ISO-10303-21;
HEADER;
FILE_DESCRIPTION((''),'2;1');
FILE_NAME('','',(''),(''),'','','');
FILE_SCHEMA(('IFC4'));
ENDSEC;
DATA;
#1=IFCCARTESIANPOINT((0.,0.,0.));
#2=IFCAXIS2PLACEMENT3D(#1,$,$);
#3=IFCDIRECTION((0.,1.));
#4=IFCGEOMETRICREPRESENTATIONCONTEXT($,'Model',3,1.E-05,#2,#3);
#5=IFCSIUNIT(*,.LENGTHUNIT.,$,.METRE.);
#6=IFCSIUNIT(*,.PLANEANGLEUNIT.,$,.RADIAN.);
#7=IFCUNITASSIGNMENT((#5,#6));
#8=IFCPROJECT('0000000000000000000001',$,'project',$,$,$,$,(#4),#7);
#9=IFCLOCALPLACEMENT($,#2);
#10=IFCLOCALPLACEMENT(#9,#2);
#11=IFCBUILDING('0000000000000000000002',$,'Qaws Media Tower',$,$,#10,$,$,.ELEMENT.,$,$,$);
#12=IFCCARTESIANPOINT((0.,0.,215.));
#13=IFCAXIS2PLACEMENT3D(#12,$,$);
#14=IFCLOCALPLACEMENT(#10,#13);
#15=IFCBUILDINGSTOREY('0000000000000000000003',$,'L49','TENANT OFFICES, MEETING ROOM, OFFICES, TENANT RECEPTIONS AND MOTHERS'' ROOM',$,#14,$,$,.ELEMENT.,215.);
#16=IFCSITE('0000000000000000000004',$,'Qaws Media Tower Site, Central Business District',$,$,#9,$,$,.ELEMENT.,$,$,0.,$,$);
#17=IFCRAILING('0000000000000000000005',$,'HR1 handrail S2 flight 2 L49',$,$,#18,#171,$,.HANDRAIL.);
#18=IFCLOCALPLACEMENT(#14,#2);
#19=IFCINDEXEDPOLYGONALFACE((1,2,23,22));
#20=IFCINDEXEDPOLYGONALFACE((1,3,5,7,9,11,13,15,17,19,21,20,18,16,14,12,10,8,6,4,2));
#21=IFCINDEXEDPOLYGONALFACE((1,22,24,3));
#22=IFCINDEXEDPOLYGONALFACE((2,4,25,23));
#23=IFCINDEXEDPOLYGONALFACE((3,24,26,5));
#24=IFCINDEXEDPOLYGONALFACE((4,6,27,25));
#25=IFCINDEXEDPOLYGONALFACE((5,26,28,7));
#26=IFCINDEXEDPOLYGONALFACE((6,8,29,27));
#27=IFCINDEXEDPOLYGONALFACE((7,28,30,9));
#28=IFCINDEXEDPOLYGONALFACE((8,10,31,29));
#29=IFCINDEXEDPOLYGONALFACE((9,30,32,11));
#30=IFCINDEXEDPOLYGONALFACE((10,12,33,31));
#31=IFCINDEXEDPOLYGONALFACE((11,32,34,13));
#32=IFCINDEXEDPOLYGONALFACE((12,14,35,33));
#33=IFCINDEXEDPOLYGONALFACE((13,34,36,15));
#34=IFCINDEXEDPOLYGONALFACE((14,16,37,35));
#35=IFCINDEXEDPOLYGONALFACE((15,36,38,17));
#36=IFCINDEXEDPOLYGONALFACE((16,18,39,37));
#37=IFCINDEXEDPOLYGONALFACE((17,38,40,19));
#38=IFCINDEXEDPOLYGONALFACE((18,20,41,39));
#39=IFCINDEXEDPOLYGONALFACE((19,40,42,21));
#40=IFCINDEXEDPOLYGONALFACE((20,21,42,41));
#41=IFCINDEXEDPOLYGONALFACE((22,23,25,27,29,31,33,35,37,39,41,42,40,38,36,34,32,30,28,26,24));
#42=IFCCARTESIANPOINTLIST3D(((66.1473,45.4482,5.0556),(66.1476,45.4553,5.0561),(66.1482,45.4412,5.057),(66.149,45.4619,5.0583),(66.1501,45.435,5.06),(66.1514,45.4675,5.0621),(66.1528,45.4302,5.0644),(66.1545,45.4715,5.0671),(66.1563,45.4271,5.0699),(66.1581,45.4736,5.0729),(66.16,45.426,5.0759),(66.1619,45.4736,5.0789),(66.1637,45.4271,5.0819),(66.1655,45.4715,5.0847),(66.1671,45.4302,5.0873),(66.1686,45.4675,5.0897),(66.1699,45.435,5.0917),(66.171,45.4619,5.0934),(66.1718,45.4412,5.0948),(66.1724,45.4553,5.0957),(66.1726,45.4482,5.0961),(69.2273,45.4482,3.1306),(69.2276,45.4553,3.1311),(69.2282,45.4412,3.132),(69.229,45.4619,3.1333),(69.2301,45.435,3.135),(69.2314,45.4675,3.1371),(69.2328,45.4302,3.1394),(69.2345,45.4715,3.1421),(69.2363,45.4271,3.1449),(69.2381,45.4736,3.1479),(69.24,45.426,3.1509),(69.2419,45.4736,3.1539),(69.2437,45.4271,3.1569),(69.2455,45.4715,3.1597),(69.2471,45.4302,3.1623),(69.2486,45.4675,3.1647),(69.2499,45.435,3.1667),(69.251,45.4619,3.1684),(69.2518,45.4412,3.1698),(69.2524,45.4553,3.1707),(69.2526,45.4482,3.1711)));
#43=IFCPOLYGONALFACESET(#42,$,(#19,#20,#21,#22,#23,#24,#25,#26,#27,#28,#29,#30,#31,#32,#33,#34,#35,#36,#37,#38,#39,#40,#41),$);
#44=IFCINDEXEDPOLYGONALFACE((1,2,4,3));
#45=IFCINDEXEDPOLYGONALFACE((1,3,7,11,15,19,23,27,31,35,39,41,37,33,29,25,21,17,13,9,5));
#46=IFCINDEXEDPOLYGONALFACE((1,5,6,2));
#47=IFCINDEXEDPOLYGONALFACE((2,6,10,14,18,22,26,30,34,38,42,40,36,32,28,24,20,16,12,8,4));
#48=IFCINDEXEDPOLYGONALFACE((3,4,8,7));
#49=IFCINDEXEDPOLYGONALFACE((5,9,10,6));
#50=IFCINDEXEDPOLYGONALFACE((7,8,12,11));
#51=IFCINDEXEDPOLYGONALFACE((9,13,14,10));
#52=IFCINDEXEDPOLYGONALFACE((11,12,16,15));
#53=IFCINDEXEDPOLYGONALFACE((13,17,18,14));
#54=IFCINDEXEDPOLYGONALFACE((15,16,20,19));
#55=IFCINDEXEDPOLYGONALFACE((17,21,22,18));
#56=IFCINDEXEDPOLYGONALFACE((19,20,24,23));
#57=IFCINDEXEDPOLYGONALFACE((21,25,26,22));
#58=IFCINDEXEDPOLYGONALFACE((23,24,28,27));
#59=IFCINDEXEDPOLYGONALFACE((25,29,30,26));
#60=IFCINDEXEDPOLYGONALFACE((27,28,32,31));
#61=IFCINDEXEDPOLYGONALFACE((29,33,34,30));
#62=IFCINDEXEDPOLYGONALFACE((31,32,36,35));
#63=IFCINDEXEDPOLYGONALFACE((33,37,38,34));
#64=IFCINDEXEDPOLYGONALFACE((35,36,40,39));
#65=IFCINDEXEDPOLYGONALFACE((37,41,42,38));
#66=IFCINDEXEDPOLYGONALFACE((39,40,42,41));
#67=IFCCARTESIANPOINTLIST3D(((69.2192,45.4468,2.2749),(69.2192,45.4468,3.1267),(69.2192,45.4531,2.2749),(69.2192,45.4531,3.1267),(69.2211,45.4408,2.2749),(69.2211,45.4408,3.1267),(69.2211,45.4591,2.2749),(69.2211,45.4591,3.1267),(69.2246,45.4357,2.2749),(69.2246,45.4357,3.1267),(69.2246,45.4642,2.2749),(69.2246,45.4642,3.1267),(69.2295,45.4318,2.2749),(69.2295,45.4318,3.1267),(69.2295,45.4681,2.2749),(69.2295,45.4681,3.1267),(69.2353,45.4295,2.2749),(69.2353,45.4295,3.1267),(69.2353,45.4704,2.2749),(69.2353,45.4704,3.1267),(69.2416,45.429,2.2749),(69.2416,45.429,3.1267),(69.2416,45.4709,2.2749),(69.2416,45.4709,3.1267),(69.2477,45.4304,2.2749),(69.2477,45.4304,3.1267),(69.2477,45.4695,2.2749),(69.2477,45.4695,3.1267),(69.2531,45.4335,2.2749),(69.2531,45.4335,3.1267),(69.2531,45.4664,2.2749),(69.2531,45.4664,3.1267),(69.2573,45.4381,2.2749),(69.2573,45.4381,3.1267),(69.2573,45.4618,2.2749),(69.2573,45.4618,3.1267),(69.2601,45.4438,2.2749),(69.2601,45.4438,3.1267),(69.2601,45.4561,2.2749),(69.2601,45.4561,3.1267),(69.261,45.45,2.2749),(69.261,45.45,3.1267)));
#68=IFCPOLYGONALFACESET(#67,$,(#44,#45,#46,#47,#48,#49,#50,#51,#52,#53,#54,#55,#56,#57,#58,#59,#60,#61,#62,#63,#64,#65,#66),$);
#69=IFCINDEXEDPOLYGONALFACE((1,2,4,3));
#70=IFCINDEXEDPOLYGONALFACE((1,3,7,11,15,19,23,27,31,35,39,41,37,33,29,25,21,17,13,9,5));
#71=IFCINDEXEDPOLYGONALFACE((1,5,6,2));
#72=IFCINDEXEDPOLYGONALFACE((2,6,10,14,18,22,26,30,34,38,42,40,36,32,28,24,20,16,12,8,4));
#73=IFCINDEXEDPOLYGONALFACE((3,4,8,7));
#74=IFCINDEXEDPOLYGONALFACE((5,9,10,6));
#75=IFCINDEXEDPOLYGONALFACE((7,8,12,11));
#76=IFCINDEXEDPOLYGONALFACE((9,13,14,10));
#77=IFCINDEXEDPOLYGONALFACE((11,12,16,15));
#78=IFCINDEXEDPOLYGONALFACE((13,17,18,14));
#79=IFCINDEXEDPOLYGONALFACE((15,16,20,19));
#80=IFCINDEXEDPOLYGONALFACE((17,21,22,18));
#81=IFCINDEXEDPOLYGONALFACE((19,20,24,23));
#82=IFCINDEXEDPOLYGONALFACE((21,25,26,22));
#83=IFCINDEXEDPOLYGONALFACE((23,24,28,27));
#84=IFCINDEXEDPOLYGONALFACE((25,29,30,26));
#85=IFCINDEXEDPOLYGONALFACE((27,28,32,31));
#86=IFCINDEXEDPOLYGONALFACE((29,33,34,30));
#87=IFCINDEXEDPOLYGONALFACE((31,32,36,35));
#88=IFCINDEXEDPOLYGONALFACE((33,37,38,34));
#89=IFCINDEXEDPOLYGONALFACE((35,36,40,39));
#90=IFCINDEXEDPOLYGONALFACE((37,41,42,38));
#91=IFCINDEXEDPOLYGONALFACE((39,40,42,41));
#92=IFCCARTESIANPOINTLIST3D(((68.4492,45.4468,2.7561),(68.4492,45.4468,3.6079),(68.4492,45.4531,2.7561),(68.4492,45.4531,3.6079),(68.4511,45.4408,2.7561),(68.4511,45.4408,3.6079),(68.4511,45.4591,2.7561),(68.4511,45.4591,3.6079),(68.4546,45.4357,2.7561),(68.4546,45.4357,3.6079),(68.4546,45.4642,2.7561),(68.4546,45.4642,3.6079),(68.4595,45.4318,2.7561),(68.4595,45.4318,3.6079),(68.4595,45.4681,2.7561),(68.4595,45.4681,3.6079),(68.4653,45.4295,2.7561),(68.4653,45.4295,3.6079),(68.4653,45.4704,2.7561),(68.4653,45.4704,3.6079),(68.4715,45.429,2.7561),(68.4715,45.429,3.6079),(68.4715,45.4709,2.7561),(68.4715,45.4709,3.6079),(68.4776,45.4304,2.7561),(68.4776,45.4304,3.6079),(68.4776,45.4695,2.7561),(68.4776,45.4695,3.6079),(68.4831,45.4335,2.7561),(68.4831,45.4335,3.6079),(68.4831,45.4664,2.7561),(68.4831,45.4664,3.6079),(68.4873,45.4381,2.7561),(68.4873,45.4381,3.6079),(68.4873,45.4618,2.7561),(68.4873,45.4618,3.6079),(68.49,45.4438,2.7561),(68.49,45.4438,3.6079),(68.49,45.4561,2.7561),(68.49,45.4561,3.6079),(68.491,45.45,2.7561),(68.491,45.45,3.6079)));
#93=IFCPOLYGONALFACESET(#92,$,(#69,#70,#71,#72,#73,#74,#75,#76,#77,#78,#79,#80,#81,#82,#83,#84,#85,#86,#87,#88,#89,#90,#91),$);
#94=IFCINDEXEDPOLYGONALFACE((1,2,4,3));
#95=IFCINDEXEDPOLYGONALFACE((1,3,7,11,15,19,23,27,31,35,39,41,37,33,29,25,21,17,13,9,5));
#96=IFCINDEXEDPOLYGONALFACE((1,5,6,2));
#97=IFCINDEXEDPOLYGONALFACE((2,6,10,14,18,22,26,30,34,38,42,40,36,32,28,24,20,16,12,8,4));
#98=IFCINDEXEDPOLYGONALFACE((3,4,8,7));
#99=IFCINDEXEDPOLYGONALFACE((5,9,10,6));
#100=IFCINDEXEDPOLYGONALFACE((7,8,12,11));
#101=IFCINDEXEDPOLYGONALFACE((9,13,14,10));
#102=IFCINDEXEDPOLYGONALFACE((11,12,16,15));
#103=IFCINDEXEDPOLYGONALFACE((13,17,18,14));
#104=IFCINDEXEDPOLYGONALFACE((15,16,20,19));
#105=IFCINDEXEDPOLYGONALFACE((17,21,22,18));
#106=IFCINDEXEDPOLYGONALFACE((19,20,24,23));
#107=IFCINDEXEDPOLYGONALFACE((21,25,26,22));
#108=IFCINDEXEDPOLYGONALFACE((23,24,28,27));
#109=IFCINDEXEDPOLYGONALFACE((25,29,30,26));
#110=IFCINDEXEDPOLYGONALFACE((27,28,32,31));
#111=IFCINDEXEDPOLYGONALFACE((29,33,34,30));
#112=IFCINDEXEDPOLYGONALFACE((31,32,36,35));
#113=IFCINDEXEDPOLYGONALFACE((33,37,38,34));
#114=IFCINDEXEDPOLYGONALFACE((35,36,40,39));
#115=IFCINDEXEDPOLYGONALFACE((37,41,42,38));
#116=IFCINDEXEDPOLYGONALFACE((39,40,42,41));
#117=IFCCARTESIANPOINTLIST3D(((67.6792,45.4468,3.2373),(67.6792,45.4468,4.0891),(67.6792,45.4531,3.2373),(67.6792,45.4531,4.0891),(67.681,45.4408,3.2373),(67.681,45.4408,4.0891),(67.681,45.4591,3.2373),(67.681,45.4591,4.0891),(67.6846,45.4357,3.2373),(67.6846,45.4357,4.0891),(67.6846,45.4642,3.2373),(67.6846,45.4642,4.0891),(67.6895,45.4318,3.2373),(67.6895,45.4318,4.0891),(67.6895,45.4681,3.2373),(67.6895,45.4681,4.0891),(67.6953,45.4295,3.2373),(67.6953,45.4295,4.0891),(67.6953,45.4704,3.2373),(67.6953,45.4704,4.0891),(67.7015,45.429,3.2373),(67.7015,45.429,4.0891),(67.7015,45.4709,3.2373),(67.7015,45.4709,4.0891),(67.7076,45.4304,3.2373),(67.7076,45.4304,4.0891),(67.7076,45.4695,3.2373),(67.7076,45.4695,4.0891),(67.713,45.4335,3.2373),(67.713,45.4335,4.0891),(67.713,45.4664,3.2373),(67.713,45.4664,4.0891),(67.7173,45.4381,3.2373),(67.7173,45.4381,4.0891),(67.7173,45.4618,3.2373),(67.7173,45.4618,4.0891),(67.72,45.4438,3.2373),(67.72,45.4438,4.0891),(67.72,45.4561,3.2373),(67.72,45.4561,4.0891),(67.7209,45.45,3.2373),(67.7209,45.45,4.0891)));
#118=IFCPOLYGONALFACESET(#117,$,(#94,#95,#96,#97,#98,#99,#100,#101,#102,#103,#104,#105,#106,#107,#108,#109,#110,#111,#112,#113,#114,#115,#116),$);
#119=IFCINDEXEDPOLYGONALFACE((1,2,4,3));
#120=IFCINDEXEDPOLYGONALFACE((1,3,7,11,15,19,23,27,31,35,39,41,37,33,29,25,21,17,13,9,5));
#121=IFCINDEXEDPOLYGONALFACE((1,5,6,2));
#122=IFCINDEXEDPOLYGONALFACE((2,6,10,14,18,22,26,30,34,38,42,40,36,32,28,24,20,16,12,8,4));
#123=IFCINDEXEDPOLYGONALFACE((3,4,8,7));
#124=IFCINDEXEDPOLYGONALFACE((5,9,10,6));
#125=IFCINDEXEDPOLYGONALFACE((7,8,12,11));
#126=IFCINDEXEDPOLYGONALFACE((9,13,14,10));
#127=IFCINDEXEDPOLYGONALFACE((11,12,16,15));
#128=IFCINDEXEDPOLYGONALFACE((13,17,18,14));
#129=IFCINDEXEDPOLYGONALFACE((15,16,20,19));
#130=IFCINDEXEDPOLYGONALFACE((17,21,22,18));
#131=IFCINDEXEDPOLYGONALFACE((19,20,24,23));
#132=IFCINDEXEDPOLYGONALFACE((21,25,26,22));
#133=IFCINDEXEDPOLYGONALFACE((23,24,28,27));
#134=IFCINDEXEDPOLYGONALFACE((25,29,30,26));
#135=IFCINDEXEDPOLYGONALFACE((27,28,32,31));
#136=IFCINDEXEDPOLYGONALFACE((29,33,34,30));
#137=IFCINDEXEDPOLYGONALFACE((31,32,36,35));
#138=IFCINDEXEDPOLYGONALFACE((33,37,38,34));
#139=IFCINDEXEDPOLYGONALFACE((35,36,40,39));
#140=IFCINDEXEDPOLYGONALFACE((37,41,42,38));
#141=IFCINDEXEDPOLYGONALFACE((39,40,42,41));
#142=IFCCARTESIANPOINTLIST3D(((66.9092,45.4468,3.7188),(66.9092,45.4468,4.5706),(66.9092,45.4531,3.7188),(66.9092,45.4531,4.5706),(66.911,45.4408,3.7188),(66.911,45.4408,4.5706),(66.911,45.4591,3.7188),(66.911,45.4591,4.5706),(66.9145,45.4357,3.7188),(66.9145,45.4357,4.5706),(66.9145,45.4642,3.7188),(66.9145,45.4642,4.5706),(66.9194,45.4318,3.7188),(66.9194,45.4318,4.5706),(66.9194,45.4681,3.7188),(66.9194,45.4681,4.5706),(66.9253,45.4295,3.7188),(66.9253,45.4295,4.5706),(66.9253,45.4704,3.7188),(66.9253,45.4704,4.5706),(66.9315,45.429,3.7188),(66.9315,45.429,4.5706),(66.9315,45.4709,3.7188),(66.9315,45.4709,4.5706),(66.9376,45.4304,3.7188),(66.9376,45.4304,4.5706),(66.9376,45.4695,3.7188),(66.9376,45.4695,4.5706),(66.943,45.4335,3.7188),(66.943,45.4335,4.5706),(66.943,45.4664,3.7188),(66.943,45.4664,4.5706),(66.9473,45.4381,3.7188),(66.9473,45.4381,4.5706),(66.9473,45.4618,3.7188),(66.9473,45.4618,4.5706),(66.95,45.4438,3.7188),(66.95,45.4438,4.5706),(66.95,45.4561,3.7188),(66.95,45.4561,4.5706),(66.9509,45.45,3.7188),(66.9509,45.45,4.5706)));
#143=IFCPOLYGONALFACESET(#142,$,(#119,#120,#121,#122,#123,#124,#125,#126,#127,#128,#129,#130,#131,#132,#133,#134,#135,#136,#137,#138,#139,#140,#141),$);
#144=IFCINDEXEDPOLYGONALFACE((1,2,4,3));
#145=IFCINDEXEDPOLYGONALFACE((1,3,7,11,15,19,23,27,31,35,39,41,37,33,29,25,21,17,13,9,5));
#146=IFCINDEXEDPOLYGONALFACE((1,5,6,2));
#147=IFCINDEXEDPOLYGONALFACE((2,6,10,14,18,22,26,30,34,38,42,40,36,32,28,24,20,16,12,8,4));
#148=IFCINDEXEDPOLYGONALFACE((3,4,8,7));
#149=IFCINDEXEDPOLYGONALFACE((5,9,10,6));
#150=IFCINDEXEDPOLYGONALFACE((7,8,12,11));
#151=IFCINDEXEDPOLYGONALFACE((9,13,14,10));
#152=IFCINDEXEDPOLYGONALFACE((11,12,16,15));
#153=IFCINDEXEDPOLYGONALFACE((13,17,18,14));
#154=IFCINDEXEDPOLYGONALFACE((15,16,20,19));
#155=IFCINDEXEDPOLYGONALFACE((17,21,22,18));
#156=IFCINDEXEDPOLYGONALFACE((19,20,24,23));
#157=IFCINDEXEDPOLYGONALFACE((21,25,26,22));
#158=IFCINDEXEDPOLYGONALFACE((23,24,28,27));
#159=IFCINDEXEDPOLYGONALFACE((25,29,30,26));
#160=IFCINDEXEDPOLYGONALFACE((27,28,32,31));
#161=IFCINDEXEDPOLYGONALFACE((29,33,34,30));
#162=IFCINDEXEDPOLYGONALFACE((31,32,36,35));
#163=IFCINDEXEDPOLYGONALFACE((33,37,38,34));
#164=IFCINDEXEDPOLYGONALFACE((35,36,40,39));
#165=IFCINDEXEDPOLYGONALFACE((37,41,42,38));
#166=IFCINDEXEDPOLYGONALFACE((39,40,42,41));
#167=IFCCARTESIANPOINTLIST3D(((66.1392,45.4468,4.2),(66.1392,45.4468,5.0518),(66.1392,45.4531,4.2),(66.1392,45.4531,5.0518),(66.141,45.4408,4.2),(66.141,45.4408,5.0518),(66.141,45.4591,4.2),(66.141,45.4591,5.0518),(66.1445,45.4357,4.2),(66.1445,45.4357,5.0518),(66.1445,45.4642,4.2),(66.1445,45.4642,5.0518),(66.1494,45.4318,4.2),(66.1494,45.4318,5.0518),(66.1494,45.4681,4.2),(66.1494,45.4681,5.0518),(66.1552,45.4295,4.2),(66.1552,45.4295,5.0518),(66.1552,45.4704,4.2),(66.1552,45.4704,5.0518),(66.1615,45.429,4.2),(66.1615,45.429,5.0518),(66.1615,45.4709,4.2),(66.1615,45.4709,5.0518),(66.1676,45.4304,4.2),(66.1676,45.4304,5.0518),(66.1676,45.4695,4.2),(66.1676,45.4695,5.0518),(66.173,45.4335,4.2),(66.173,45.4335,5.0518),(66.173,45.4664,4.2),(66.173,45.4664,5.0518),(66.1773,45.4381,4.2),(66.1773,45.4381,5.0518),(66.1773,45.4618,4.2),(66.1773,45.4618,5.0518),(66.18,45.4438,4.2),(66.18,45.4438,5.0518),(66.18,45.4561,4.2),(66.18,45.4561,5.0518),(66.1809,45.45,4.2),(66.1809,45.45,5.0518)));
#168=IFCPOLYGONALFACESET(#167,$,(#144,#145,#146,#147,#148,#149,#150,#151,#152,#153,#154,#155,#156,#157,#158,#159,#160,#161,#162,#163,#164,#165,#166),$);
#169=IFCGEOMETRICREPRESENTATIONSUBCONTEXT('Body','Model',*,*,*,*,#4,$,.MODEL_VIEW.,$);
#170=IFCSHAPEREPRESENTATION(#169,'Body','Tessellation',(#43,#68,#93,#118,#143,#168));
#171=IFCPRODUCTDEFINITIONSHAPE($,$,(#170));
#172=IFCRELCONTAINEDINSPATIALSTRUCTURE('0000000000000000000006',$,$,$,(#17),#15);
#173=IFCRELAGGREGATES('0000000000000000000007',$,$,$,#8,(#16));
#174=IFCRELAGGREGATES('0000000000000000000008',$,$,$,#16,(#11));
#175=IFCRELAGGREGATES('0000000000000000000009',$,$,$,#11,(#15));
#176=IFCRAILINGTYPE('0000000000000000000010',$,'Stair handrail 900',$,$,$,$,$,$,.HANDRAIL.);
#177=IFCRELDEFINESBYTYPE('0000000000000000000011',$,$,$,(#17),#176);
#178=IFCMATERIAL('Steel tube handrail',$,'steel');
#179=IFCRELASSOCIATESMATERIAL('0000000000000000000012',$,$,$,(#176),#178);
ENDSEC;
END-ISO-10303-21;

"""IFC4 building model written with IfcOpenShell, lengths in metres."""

from ifc_helpers import new_model, si_unit, direction, frame, origin, origin_2d, place, context, subcontext, project, spatial, circle, extrude, material, type_object, element, save


model = new_model("IFC4")

# Units and contexts
model_context = context("Model", 3, precision=1e-05, world=origin(), true_north=direction((0.0, 1.0)))
body_context = subcontext(model_context, "Body", "Model", "MODEL_VIEW")
ifc_project = project(units=[si_unit("LENGTHUNIT", "METRE"), si_unit("PLANEANGLEUNIT", "RADIAN")], contexts=[model_context])

# Site, building, storey
site_placement = place(None, origin())
site = spatial("IfcSite", under=ifc_project, at=site_placement, Name="Qaws Media Tower Site, Central Business District", CompositionType="ELEMENT", RefElevation=0.0)
building_placement = place(site_placement, origin())
building = spatial("IfcBuilding", under=site, at=building_placement, Name="Qaws Media Tower", CompositionType="ELEMENT")
storey_placement = place(building_placement, frame((0.0, 0.0, 215.0)))
storey = spatial("IfcBuildingStorey", under=building, at=storey_placement, Name="L49", Description="TENANT OFFICES, MEETING ROOM, OFFICES, TENANT RECEPTIONS AND MOTHERS' ROOM", CompositionType="ELEMENT", Elevation=215.0)

# Railing
ifc_material_1 = material(Name="Steel tube handrail", Category="steel")
railing_type = type_object("IfcRailingType", Name="Stair handrail 900", PredefinedType="HANDRAIL", material=ifc_material_1)
for number, where, name in (
    (1, (69.24, 45.45, 2.2749), "HR1 handrail S2 flight 2 L49"),
):
    element("IfcRailing", number, at=place(storey_placement, frame(where)), inside=storey, type_object=railing_type, Name=name, PredefinedType="HANDRAIL", context=body_context, shape_type="SweptSolid", body=[
        extrude(circle(Radius=0.0239, at=origin_2d()), frame((0.0, 0.0, 0.876), z_axis=(-0.847998, 0.0, 0.529999), x_axis=(0.0, -1.0, 0.0)), (0.0, 0.0, 1.0), 3.6321),
        extrude(circle(Radius=0.021, at=origin_2d()), origin(), (0.0, 0.0, 1.0), 0.8518),
        extrude(circle(Radius=0.021, at=origin_2d()), frame((-0.77, 0.0, 0.4812)), (0.0, 0.0, 1.0), 0.8518),
        extrude(circle(Radius=0.021, at=origin_2d()), frame((-1.54, 0.0, 0.9624)), (0.0, 0.0, 1.0), 0.8518),
        extrude(circle(Radius=0.021, at=origin_2d()), frame((-2.3101, 0.0, 1.4438)), (0.0, 0.0, 1.0), 0.8518),
        extrude(circle(Radius=0.021, at=origin_2d()), frame((-3.0801, 0.0, 1.925)), (0.0, 0.0, 1.0), 0.8518),
    ])

save(model, "model.ifc")
